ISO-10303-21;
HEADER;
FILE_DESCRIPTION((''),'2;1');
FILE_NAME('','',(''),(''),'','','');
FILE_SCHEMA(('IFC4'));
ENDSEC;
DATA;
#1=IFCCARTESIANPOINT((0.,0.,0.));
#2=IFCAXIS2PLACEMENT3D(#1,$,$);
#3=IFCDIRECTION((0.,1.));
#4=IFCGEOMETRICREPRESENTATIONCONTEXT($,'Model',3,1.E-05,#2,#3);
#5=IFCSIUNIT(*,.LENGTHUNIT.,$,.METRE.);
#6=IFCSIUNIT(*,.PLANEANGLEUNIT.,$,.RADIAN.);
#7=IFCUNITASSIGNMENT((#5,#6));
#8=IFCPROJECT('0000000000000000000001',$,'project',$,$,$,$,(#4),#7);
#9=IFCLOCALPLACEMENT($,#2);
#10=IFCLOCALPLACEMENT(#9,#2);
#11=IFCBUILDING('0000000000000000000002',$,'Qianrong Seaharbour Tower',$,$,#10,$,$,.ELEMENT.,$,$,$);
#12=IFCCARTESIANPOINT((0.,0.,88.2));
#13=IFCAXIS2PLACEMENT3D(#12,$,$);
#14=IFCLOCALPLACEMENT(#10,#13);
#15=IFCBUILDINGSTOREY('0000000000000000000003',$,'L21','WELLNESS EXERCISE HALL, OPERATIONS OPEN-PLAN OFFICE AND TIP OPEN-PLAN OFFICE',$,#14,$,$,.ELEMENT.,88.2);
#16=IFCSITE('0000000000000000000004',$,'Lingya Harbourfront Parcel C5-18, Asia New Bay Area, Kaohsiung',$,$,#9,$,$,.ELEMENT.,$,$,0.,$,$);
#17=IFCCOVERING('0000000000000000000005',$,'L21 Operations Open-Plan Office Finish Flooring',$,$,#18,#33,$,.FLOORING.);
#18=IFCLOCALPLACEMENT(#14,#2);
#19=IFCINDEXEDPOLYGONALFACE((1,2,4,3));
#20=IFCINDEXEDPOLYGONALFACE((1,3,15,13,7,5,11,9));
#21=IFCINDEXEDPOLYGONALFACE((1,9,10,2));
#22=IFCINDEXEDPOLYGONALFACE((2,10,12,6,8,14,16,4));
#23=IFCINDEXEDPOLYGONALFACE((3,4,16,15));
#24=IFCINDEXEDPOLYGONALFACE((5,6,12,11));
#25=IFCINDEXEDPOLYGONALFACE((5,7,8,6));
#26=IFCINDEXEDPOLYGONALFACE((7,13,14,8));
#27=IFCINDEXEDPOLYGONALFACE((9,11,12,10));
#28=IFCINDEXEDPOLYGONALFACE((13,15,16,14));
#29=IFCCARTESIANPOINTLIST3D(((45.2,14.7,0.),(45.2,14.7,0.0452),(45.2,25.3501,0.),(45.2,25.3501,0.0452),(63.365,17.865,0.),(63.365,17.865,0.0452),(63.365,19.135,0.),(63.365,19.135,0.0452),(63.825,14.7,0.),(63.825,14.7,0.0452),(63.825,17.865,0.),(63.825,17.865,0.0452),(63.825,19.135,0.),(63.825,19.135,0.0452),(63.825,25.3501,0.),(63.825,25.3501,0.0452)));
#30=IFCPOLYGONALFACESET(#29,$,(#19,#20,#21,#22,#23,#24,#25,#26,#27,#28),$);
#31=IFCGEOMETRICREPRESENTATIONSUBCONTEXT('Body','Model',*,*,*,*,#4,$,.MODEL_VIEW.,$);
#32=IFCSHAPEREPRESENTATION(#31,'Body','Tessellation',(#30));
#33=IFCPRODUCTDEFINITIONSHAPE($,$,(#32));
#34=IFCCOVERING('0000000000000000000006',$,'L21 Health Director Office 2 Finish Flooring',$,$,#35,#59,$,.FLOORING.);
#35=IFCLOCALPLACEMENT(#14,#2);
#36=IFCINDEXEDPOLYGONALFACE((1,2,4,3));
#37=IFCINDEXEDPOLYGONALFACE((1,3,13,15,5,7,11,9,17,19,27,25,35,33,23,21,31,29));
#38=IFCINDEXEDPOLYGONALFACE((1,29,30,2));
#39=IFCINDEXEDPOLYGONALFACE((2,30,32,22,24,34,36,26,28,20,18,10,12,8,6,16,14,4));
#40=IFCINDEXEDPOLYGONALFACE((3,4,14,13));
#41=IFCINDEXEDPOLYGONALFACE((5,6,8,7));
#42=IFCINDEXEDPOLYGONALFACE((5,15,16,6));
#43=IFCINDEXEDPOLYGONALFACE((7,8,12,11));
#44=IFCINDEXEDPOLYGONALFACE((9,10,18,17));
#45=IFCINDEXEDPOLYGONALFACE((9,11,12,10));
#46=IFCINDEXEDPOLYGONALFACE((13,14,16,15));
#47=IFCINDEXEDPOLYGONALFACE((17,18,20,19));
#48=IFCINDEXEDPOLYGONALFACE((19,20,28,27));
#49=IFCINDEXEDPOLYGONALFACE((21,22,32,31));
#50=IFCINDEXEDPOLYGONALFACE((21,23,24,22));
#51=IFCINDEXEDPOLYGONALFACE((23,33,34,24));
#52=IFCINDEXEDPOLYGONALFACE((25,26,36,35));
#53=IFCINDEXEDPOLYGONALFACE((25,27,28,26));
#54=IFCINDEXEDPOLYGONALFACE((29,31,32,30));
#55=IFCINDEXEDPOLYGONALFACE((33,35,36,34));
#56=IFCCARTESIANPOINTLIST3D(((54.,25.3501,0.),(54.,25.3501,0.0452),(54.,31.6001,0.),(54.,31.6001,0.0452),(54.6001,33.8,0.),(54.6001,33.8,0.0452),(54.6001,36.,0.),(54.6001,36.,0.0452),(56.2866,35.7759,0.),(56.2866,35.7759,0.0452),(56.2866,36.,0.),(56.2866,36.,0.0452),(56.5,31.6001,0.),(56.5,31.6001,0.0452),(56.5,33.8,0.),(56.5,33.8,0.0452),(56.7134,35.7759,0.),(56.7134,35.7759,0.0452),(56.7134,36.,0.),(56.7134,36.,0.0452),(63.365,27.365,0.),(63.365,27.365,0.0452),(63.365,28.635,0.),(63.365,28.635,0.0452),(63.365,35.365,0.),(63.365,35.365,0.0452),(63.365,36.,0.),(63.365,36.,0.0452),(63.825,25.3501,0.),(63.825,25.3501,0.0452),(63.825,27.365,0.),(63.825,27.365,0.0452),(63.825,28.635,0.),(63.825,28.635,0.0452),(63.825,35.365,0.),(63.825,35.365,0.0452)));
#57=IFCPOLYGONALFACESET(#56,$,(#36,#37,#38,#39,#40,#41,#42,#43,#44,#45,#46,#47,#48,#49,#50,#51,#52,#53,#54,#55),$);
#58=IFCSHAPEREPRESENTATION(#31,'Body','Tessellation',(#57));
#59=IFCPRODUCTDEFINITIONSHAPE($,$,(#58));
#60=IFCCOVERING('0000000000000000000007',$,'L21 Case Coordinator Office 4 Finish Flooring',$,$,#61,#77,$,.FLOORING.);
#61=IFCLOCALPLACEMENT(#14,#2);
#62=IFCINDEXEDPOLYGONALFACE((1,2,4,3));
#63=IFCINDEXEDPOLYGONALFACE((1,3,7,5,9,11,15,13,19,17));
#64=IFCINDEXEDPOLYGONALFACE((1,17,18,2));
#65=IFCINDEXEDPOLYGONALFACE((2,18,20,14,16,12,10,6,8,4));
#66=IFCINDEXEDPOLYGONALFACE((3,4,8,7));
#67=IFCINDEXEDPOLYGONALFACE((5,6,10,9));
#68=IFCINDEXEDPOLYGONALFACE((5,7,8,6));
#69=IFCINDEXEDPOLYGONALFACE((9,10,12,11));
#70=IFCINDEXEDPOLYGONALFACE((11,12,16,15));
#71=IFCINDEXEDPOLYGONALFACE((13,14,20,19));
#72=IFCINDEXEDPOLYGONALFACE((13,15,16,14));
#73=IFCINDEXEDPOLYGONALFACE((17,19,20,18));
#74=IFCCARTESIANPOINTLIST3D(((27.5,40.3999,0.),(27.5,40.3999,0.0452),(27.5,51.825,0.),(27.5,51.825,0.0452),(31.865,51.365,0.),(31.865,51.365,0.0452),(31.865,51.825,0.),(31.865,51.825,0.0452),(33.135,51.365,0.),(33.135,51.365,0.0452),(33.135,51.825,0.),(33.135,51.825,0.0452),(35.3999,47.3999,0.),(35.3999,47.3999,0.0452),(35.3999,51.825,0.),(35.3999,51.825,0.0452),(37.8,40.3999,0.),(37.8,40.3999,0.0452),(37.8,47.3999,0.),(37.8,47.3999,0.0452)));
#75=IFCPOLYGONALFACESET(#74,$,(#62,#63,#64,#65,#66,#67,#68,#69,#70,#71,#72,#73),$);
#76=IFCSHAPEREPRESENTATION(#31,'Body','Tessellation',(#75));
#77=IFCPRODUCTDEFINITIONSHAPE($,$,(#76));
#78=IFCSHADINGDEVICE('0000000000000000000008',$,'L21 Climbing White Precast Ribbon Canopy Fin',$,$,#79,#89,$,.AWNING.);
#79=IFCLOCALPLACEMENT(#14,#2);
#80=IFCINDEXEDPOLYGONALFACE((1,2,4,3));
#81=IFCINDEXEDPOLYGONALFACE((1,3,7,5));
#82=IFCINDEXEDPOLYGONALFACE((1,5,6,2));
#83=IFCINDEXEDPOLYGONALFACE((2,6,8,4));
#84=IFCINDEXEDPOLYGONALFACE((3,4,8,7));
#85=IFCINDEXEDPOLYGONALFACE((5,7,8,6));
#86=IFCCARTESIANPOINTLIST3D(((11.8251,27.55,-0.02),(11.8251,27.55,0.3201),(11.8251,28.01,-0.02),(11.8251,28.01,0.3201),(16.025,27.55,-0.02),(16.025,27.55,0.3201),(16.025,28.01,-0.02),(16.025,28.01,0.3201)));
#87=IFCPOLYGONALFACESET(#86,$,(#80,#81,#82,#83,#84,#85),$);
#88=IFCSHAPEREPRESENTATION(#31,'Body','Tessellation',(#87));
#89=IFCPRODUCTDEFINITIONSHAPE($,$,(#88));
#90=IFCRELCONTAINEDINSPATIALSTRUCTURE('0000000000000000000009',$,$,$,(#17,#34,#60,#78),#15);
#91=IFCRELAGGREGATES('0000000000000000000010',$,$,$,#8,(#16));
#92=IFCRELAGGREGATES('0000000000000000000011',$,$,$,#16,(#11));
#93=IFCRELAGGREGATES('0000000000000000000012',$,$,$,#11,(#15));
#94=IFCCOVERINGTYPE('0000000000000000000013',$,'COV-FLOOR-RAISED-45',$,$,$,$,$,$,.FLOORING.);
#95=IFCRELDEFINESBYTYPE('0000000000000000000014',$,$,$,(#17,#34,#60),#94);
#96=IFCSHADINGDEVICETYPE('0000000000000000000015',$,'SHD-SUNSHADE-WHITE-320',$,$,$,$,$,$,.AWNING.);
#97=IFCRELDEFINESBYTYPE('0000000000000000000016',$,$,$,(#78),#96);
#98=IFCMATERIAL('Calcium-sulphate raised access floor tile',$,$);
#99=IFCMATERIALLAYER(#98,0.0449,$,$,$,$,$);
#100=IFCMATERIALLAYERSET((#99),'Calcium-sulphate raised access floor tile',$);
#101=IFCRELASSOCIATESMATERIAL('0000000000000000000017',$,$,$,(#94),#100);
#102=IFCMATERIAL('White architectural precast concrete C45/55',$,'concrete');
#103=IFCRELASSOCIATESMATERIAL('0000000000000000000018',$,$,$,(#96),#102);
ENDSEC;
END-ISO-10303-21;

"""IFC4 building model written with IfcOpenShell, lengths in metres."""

from ifc_helpers import new_model, si_unit, direction, frame, origin, origin_2d, place, context, subcontext, project, spatial, polyline, rectangle, outline, extrude, material, layer, layer_set, type_object, element, save


model = new_model("IFC4")

# Units and contexts
model_context = context("Model", 3, precision=1e-05, world=origin(), true_north=direction((0.0, 1.0)))
body_context = subcontext(model_context, "Body", "Model", "MODEL_VIEW")
ifc_project = project(units=[si_unit("LENGTHUNIT", "METRE"), si_unit("PLANEANGLEUNIT", "RADIAN")], contexts=[model_context])

# Site, building, storey
site_placement = place(None, origin())
site = spatial("IfcSite", under=ifc_project, at=site_placement, Name="Lingya Harbourfront Parcel C5-18, Asia New Bay Area, Kaohsiung", CompositionType="ELEMENT", RefElevation=0.0)
building_placement = place(site_placement, origin())
building = spatial("IfcBuilding", under=site, at=building_placement, Name="Qianrong Seaharbour Tower", CompositionType="ELEMENT")
storey_placement = place(building_placement, frame((0.0, 0.0, 88.2)))
storey = spatial("IfcBuildingStorey", under=building, at=storey_placement, Name="L21", Description="WELLNESS EXERCISE HALL, OPERATIONS OPEN-PLAN OFFICE AND TIP OPEN-PLAN OFFICE", CompositionType="ELEMENT", Elevation=88.2)

# Coverings
ifc_material_1 = material(Name="Calcium-sulphate raised access floor tile")
ifc_layer_1 = layer(ifc_material_1, 0.0449)
ifc_layer_set_1 = layer_set([ifc_layer_1], Name="Calcium-sulphate raised access floor tile")
covering_type_1 = type_object("IfcCoveringType", Name="COV-FLOOR-RAISED-45", PredefinedType="FLOORING", material=ifc_layer_set_1)
covering_1_placement = place(storey_placement, origin())
element("IfcCovering", 1, at=covering_1_placement, inside=storey, type_object=covering_type_1, Name="L21 Operations Open-Plan Office Finish Flooring", PredefinedType="FLOORING", context=body_context, shape_type="SweptSolid", body=[
    extrude(outline(polyline([(63.825, 25.3501), (63.825, 19.135), (63.365, 19.135), (63.365, 17.865), (63.825, 17.865), (63.825, 14.7), (45.2, 14.7), (45.2, 25.3501), (63.825, 25.3501)])), origin(), (0.0, 0.0, 1.0), 0.0452),
])
covering_2_placement = place(storey_placement, origin())
element("IfcCovering", 2, at=covering_2_placement, inside=storey, type_object=covering_type_1, Name="L21 Health Director Office 2 Finish Flooring", PredefinedType="FLOORING", context=body_context, shape_type="SweptSolid", body=[
    extrude(outline(polyline([(56.5, 31.6001), (56.5, 33.8), (54.6001, 33.8), (54.6001, 36.0), (56.2866, 36.0), (56.2866, 35.7759), (56.7134, 35.7759), (56.7134, 36.0), (63.365, 36.0), (63.365, 35.365), (63.825, 35.365), (63.825, 28.635), (63.365, 28.635), (63.365, 27.365), (63.825, 27.365), (63.825, 25.3501), (54.0, 25.3501), (54.0, 31.6001), (56.5, 31.6001)])), origin(), (0.0, 0.0, 1.0), 0.0452),
])
covering_3_placement = place(storey_placement, origin())
element("IfcCovering", 3, at=covering_3_placement, inside=storey, type_object=covering_type_1, Name="L21 Case Coordinator Office 4 Finish Flooring", PredefinedType="FLOORING", context=body_context, shape_type="SweptSolid", body=[
    extrude(outline(polyline([(27.5, 51.825), (31.865, 51.825), (31.865, 51.365), (33.135, 51.365), (33.135, 51.825), (35.3999, 51.825), (35.3999, 47.3999), (37.8, 47.3999), (37.8, 40.3999), (27.5, 40.3999), (27.5, 51.825)])), origin(), (0.0, 0.0, 1.0), 0.0452),
])

# Shading device
ifc_material_2 = material(Name="White architectural precast concrete C45/55", Category="concrete")
shading_device_type = type_object("IfcShadingDeviceType", Name="SHD-SUNSHADE-WHITE-320", PredefinedType="AWNING", material=ifc_material_2)
shading_device_placement = place(storey_placement, frame((13.925, 27.78, -0.02), z_axis=(0.0, 0.0, 1.0), x_axis=(1.0, 0.0, 0.0)))
element("IfcShadingDevice", 4, at=shading_device_placement, inside=storey, type_object=shading_device_type, Name="L21 Climbing White Precast Ribbon Canopy Fin", PredefinedType="AWNING", context=body_context, shape_type="SweptSolid", body=[
    extrude(rectangle(XDim=4.2, YDim=0.46, at=origin_2d()), origin(), (0.0, 0.0, 1.0), 0.3401),
])

save(model, "model.ifc")
